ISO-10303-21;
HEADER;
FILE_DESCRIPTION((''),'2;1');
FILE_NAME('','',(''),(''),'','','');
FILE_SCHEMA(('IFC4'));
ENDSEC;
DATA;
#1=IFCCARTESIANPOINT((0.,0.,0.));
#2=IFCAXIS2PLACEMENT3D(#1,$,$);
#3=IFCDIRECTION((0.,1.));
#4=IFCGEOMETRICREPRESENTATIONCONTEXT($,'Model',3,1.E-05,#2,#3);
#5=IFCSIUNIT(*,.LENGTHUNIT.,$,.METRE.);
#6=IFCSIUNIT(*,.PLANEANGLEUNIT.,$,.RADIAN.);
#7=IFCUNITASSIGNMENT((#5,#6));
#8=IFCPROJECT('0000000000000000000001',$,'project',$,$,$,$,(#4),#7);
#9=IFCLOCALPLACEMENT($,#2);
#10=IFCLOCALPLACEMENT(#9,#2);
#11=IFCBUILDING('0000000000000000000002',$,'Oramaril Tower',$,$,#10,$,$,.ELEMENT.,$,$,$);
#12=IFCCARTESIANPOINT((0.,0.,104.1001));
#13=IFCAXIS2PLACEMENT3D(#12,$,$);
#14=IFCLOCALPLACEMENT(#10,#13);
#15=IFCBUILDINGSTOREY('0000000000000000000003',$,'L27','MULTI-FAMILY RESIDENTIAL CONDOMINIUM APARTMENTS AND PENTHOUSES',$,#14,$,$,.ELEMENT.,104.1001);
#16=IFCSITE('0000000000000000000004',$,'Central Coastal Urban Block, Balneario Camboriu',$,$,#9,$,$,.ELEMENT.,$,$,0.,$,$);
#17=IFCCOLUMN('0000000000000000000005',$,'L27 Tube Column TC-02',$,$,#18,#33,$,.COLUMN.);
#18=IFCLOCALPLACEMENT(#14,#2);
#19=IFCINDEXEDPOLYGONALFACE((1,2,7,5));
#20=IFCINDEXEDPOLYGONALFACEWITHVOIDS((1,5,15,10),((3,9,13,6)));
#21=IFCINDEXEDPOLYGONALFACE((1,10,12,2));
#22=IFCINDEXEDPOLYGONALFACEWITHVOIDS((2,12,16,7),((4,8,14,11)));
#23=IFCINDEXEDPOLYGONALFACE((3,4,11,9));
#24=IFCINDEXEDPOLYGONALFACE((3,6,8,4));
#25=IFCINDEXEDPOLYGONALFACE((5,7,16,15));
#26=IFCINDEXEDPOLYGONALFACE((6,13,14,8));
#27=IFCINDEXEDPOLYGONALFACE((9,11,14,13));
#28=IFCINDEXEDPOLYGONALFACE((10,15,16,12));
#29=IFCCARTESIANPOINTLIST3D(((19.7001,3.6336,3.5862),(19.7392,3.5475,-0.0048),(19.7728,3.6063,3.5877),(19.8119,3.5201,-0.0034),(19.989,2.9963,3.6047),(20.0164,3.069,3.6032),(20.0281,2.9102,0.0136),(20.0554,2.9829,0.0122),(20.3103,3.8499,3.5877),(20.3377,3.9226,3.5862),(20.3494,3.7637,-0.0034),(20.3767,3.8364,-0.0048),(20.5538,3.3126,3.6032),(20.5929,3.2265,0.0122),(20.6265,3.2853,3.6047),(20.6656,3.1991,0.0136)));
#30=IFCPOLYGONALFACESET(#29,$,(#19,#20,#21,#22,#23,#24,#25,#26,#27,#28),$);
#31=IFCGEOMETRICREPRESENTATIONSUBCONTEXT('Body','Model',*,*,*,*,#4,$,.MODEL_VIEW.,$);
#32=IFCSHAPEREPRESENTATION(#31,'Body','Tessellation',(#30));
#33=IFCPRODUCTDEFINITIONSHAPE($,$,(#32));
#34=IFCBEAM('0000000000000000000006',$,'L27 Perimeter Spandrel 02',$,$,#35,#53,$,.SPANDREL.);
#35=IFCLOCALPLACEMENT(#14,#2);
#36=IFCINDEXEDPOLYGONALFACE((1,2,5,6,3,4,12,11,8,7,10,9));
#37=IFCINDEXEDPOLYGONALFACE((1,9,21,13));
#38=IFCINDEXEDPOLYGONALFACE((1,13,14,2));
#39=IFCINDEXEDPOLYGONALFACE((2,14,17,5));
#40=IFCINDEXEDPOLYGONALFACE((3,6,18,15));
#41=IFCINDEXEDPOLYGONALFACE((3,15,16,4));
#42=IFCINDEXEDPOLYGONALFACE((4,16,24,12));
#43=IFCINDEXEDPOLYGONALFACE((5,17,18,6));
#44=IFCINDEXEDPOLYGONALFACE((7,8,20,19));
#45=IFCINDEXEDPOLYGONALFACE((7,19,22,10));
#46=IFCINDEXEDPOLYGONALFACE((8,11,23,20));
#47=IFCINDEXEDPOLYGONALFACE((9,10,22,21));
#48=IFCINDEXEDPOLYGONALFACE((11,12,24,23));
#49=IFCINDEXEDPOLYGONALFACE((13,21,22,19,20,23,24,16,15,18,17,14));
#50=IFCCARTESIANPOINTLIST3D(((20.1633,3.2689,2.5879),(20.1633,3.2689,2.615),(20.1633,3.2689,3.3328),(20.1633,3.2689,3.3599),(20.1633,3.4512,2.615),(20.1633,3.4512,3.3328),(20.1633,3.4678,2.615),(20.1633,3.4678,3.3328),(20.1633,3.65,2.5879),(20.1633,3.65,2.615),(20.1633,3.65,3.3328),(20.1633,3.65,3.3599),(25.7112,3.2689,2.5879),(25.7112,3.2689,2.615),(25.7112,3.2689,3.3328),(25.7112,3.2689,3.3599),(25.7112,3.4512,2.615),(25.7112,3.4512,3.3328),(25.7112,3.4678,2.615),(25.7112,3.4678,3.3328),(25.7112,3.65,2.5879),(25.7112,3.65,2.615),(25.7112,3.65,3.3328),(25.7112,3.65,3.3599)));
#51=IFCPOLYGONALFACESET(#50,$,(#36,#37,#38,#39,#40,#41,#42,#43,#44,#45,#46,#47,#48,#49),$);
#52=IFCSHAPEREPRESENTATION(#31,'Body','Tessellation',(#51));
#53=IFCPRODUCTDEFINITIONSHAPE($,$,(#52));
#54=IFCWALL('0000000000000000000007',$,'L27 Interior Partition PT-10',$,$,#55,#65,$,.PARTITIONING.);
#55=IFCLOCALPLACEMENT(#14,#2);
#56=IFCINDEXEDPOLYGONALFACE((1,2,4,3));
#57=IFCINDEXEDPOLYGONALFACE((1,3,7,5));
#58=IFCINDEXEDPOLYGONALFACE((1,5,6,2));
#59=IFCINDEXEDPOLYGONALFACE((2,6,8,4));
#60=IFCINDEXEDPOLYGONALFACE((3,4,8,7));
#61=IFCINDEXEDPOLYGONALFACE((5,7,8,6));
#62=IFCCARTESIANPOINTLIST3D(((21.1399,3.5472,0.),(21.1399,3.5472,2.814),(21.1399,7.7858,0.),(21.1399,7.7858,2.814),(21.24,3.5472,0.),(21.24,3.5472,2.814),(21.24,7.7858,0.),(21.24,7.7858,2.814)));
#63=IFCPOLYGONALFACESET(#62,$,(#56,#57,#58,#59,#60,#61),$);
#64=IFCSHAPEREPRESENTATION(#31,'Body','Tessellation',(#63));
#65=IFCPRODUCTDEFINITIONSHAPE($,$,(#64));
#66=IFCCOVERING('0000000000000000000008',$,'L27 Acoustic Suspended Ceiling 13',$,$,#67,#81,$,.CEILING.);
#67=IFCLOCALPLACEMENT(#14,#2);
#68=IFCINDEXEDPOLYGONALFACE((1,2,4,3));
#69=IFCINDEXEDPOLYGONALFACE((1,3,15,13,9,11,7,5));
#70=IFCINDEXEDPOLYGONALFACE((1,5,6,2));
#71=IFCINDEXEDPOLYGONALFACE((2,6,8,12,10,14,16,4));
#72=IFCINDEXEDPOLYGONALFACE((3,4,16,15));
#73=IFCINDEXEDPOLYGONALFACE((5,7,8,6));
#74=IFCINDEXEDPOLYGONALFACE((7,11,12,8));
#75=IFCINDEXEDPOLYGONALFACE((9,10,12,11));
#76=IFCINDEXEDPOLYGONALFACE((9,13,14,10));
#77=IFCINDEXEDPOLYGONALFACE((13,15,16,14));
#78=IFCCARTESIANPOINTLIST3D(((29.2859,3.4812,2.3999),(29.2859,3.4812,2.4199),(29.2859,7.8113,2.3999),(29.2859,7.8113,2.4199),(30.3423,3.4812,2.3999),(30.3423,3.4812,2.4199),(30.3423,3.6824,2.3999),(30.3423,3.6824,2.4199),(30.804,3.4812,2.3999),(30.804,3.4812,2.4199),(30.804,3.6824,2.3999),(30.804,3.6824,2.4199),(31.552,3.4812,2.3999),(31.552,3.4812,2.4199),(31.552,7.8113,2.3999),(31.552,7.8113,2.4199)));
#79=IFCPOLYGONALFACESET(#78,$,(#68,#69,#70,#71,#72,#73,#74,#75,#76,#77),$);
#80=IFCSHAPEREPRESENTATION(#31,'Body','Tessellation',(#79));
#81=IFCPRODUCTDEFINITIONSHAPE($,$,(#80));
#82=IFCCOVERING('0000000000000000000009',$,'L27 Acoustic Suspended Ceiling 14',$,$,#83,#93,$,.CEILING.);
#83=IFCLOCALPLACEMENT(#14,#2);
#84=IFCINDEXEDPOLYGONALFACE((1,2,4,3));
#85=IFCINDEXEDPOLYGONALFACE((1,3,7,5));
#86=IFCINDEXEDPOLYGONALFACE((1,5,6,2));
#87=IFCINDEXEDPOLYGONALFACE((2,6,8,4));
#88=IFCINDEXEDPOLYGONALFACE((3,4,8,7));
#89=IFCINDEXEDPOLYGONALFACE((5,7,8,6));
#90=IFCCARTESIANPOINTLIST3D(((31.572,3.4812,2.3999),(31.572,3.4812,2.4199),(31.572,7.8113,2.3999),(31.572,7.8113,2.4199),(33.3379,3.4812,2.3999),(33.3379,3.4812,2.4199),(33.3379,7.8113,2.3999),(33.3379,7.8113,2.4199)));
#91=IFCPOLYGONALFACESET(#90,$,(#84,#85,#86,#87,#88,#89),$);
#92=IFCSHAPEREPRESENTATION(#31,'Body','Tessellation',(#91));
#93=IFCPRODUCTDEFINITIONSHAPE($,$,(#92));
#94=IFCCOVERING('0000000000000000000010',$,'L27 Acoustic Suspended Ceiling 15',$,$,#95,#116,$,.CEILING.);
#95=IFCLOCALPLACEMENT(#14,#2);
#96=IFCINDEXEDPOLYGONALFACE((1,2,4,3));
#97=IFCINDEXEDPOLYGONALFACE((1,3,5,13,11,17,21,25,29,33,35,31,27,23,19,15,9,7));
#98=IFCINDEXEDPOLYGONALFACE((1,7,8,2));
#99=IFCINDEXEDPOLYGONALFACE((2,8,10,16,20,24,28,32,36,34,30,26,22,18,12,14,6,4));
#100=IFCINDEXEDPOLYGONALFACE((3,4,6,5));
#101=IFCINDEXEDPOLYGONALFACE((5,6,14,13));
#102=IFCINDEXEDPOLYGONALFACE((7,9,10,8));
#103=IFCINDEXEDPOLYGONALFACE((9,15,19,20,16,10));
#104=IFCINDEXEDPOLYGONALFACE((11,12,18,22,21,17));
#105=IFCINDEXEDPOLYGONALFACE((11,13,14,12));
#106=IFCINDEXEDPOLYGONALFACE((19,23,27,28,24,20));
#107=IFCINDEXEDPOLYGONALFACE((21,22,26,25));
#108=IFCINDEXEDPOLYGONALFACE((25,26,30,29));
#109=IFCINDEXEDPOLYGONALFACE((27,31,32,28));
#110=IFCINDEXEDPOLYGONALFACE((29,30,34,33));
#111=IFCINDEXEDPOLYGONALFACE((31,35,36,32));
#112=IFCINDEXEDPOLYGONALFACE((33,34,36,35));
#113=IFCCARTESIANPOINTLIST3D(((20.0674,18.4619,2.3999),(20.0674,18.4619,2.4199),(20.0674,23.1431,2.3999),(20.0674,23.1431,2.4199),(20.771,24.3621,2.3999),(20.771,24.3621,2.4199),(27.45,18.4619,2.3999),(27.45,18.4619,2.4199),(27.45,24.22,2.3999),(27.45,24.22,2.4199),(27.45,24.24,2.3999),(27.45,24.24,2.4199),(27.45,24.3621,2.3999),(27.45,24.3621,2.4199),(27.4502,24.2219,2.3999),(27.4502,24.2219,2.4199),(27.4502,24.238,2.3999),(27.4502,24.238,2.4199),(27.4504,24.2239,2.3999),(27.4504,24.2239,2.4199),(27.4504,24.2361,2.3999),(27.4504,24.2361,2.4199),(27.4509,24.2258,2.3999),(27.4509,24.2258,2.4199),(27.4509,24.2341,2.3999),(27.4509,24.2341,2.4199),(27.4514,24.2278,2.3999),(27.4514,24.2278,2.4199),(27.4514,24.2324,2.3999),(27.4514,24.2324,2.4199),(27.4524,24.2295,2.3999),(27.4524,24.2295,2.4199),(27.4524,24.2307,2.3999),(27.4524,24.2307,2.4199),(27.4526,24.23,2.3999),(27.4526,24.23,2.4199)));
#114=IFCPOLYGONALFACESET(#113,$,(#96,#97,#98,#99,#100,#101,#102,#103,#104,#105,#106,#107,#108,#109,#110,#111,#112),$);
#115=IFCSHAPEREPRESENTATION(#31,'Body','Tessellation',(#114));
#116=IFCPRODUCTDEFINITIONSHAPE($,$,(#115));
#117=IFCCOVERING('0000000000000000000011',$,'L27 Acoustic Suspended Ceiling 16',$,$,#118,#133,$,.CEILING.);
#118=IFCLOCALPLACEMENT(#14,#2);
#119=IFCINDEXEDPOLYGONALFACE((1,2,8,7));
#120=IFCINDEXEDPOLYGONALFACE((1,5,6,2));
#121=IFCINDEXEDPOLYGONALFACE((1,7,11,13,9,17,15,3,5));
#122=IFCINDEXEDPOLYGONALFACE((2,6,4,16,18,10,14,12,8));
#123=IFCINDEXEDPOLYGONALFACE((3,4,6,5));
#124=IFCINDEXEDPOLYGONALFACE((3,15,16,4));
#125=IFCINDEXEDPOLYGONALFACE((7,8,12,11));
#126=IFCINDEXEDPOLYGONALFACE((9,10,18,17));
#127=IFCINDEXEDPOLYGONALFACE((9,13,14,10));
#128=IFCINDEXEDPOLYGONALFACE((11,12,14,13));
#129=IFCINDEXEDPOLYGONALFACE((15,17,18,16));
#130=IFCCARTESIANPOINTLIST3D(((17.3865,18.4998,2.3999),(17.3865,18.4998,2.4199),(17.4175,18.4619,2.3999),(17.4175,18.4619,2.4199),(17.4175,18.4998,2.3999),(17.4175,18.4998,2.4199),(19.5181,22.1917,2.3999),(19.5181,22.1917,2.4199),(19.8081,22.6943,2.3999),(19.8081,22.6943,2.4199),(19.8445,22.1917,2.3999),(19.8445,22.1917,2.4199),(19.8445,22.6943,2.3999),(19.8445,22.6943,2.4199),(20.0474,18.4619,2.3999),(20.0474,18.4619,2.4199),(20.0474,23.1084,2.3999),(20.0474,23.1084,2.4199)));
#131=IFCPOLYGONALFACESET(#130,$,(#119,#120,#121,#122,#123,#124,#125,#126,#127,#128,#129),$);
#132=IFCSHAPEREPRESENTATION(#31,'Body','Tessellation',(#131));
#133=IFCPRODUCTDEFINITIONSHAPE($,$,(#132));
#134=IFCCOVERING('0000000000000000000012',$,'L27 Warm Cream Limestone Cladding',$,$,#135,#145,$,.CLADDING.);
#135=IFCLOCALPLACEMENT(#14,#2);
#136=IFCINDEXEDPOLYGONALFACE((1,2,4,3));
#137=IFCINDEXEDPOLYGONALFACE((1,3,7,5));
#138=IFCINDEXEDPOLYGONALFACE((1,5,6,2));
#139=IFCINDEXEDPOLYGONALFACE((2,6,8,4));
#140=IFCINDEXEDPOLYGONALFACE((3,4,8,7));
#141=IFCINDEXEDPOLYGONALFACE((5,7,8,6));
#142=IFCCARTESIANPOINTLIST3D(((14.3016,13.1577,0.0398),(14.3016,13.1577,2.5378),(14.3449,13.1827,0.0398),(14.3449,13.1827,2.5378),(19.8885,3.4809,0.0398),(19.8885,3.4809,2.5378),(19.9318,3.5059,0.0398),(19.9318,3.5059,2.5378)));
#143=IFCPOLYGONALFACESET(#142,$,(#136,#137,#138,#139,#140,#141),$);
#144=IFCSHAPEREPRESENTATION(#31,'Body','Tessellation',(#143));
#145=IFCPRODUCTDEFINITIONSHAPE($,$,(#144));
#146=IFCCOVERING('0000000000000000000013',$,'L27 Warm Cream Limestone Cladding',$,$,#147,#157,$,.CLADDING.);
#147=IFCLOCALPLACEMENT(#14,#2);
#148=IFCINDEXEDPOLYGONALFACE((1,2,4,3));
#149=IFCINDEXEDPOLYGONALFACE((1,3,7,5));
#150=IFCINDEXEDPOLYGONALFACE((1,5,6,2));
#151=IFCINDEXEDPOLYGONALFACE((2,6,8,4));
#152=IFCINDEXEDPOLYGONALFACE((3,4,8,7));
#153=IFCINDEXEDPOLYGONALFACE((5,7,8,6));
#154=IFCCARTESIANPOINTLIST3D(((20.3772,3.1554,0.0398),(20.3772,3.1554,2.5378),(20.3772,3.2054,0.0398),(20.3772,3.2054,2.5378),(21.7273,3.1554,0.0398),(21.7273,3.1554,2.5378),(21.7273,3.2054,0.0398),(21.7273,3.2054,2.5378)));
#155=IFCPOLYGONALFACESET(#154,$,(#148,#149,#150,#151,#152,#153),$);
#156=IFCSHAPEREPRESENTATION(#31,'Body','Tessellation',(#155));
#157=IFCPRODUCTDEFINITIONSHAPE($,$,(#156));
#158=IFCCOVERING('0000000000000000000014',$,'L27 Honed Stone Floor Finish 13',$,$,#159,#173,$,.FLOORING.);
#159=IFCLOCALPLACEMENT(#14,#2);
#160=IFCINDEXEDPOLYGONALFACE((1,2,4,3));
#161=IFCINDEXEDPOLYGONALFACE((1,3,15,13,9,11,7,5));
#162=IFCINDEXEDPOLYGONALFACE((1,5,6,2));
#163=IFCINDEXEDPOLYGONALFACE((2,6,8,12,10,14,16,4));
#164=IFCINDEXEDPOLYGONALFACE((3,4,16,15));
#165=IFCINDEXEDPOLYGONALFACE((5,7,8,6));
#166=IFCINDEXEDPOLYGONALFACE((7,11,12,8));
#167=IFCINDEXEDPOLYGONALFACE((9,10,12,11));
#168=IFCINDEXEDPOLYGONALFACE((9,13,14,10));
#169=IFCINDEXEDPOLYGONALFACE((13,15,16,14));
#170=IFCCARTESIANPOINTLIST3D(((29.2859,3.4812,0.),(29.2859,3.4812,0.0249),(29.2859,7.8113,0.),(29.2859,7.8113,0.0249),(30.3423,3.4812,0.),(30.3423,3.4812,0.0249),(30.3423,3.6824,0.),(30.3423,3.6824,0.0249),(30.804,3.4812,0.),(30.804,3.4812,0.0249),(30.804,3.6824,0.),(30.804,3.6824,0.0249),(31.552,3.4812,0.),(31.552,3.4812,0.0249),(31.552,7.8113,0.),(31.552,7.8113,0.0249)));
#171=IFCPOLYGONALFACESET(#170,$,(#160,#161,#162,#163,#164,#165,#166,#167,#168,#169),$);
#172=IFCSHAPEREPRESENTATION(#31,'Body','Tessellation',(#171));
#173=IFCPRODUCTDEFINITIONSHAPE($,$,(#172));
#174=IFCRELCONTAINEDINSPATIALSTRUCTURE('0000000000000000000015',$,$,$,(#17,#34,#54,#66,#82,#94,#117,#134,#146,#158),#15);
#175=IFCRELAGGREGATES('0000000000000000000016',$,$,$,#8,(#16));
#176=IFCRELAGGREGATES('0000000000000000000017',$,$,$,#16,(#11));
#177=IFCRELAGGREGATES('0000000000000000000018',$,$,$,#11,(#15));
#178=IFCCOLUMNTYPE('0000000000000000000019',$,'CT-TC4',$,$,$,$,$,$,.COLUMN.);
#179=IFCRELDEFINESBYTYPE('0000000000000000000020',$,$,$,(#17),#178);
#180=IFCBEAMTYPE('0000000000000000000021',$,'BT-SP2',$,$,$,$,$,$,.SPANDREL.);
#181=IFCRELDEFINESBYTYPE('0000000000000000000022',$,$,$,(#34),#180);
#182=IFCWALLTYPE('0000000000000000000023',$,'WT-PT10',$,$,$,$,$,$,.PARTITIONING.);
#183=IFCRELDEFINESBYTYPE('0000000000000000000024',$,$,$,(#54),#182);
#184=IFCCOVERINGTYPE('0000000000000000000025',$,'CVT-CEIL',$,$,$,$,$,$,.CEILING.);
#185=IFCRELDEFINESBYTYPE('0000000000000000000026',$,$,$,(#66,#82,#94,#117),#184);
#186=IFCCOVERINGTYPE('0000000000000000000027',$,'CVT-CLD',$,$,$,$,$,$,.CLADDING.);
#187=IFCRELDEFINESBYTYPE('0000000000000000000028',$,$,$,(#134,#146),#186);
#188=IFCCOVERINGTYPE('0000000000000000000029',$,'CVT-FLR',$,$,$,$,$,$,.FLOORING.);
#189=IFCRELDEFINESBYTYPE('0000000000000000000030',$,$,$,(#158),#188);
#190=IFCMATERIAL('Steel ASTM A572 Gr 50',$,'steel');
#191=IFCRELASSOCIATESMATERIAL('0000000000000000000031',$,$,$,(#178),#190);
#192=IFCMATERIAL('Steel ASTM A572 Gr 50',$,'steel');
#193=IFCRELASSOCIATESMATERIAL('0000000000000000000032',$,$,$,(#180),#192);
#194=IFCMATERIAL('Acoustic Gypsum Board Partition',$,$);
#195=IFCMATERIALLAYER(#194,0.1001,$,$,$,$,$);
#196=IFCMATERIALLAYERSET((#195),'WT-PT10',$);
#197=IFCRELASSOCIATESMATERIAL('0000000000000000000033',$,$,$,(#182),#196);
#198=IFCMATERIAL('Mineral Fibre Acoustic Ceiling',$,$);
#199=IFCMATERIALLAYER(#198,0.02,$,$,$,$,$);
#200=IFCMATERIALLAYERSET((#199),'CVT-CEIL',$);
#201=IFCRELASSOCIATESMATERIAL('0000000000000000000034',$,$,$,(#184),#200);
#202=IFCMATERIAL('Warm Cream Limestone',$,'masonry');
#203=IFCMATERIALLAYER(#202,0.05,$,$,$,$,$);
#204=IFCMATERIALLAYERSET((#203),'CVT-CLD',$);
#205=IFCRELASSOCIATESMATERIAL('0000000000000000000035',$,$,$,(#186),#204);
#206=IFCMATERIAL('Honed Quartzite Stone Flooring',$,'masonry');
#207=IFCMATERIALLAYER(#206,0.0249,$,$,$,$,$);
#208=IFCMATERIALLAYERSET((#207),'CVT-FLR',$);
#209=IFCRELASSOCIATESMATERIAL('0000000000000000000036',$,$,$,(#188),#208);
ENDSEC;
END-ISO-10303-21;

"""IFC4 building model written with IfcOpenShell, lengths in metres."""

from ifc_helpers import new_model, si_unit, direction, frame, frame_2d, origin, origin_2d, place, context, subcontext, project, spatial, polyline, rectangle, hollow_rectangle, i_section, outline, extrude, material, layer, layer_set, material_profile, profile_set, type_object, element, save


model = new_model("IFC4")

# Units and contexts
model_context = context("Model", 3, precision=1e-05, world=origin(), true_north=direction((0.0, 1.0)))
body_context = subcontext(model_context, "Body", "Model", "MODEL_VIEW")
ifc_project = project(units=[si_unit("LENGTHUNIT", "METRE"), si_unit("PLANEANGLEUNIT", "RADIAN")], contexts=[model_context])

# Site, building, storey
site_placement = place(None, origin())
site = spatial("IfcSite", under=ifc_project, at=site_placement, Name="Central Coastal Urban Block, Balneario Camboriu", CompositionType="ELEMENT", RefElevation=0.0)
building_placement = place(site_placement, origin())
building = spatial("IfcBuilding", under=site, at=building_placement, Name="Oramaril Tower", CompositionType="ELEMENT")
storey_placement = place(building_placement, frame((0.0, 0.0, 104.1001)))
storey = spatial("IfcBuildingStorey", under=building, at=storey_placement, Name="L27", Description="MULTI-FAMILY RESIDENTIAL CONDOMINIUM APARTMENTS AND PENTHOUSES", CompositionType="ELEMENT", Elevation=104.1001)

# Column
ifc_material_1 = material(Name="Steel ASTM A572 Gr 50", Category="steel")
ifc_material_profile_1 = material_profile(ifc_material_1, hollow_rectangle(XDim=0.7, YDim=0.7, WallThickness=0.0549, at=origin_2d()), Name="BOX700X700X55")
ifc_profile_set_1 = profile_set([ifc_material_profile_1], Name="Steel ASTM A572 Gr 50")
column_type = type_object("IfcColumnType", Name="CT-TC4", PredefinedType="COLUMN", material=ifc_profile_set_1)
column_placement = place(storey_placement, frame((20.2024, 3.3733, 0.0044), z_axis=(-0.010874, 0.023991, 0.999653), x_axis=(-0.910808, -0.412831, 0.0)))
element("IfcColumn", 1, at=column_placement, inside=storey, type_object=column_type, Name="L27 Tube Column TC-02", PredefinedType="COLUMN", context=body_context, shape_type="SweptSolid", body=[
    extrude(hollow_rectangle(XDim=0.7, YDim=0.7, WallThickness=0.0549, at=origin_2d()), origin(), (0.0, 0.0, 1.0), 3.5923),
])

# Beam
ifc_material_2 = material(Name="Steel ASTM A572 Gr 50", Category="steel")
ifc_material_profile_2 = material_profile(ifc_material_2, i_section(OverallWidth=0.3811, OverallDepth=0.772, WebThickness=0.0166, FlangeThickness=0.0271, at=origin_2d()), Name="W30X173")
ifc_profile_set_2 = profile_set([ifc_material_profile_2], Name="Steel ASTM A572 Gr 50")
beam_type = type_object("IfcBeamType", Name="BT-SP2", PredefinedType="SPANDREL", material=ifc_profile_set_2)
beam_placement = place(storey_placement, frame((20.1633, 3.4595, 2.9739), z_axis=(1.0, 0.0, 0.0), x_axis=(0.0, 1.0, 0.0)))
element("IfcBeam", 2, at=beam_placement, inside=storey, type_object=beam_type, Name="L27 Perimeter Spandrel 02", PredefinedType="SPANDREL", context=body_context, shape_type="SweptSolid", body=[
    extrude(i_section(OverallWidth=0.3811, OverallDepth=0.772, WebThickness=0.0166, FlangeThickness=0.0271, at=origin_2d()), origin(), (0.0, 0.0, 1.0), 5.5479),
])

# Wall
ifc_material_3 = material(Name="Acoustic Gypsum Board Partition")
ifc_layer_1 = layer(ifc_material_3, 0.1001)
ifc_layer_set_1 = layer_set([ifc_layer_1], Name="WT-PT10")
wall_type_1 = type_object("IfcWallType", Name="WT-PT10", PredefinedType="PARTITIONING", material=ifc_layer_set_1)
wall_1_placement = place(storey_placement, frame((21.1899, 3.5474, 0.0), z_axis=(0.0, 0.0, 1.0), x_axis=(0.0, 1.0, 0.0)))
element("IfcWall", 3, at=wall_1_placement, inside=storey, type_object=wall_type_1, Name="L27 Interior Partition PT-10", PredefinedType="PARTITIONING", context=body_context, shape_type="SweptSolid", body=[
    extrude(rectangle(XDim=4.2385, YDim=0.1001, at=frame_2d((2.1191, 0.0))), origin(), (0.0, 0.0, 1.0), 2.814),
])

# Coverings
ifc_material_4 = material(Name="Mineral Fibre Acoustic Ceiling")
ifc_layer_2 = layer(ifc_material_4, 0.02)
ifc_layer_set_2 = layer_set([ifc_layer_2], Name="CVT-CEIL")
covering_type_1 = type_object("IfcCoveringType", Name="CVT-CEIL", PredefinedType="CEILING", material=ifc_layer_set_2)
covering_1_placement = place(storey_placement, frame((0.0, 0.0, 2.3999)))
element("IfcCovering", 4, at=covering_1_placement, inside=storey, type_object=covering_type_1, Name="L27 Acoustic Suspended Ceiling 13", PredefinedType="CEILING", context=body_context, shape_type="SweptSolid", body=[
    extrude(outline(polyline([(30.804, 3.4812), (30.804, 3.6824), (30.3423, 3.6824), (30.3423, 3.4812), (29.2859, 3.4812), (29.2859, 7.8113), (31.552, 7.8113), (31.552, 3.4812), (30.804, 3.4812)])), origin(), (0.0, 0.0, 1.0), 0.02),
])
covering_2_placement = place(storey_placement, frame((0.0, 0.0, 2.3999)))
element("IfcCovering", 5, at=covering_2_placement, inside=storey, type_object=covering_type_1, Name="L27 Acoustic Suspended Ceiling 14", PredefinedType="CEILING", context=body_context, shape_type="SweptSolid", body=[
    extrude(outline(polyline([(31.572, 3.4812), (31.572, 7.8113), (33.3379, 7.8113), (33.3379, 3.4812), (31.572, 3.4812)])), origin(), (0.0, 0.0, 1.0), 0.02),
])
covering_3_placement = place(storey_placement, frame((0.0, 0.0, 2.3999)))
element("IfcCovering", 6, at=covering_3_placement, inside=storey, type_object=covering_type_1, Name="L27 Acoustic Suspended Ceiling 15", PredefinedType="CEILING", context=body_context, shape_type="SweptSolid", body=[
    extrude(outline(polyline([(20.771, 24.3621), (27.45, 24.3621), (27.45, 24.24), (27.4502, 24.238), (27.4504, 24.2361), (27.4509, 24.2341), (27.4514, 24.2324), (27.4524, 24.2307), (27.4526, 24.23), (27.4524, 24.2295), (27.4514, 24.2278), (27.4509, 24.2258), (27.4504, 24.2239), (27.4502, 24.2219), (27.45, 24.22), (27.45, 18.4619), (20.0674, 18.4619), (20.0674, 23.1431), (20.771, 24.3621)])), origin(), (0.0, 0.0, 1.0), 0.02),
])
covering_4_placement = place(storey_placement, frame((0.0, 0.0, 2.3999)))
element("IfcCovering", 7, at=covering_4_placement, inside=storey, type_object=covering_type_1, Name="L27 Acoustic Suspended Ceiling 16", PredefinedType="CEILING", context=body_context, shape_type="SweptSolid", body=[
    extrude(outline(polyline([(19.8445, 22.1917), (19.8445, 22.6943), (19.8081, 22.6943), (20.0474, 23.1084), (20.0474, 18.4619), (17.4175, 18.4619), (17.4175, 18.4998), (17.3865, 18.4998), (19.5181, 22.1917), (19.8445, 22.1917)])), origin(), (0.0, 0.0, 1.0), 0.02),
])
ifc_material_5 = material(Name="Warm Cream Limestone", Category="masonry")
ifc_layer_3 = layer(ifc_material_5, 0.05)
ifc_layer_set_3 = layer_set([ifc_layer_3], Name="CVT-CLD")
covering_type_2 = type_object("IfcCoveringType", Name="CVT-CLD", PredefinedType="CLADDING", material=ifc_layer_set_3)
covering_5_placement = place(storey_placement, frame((17.1167, 8.3318, 0.0398), z_axis=(0.0, 0.0, 1.0), x_axis=(0.5, -0.866025, 0.0)))
element("IfcCovering", 8, at=covering_5_placement, inside=storey, type_object=covering_type_2, Name="L27 Warm Cream Limestone Cladding", PredefinedType="CLADDING", context=body_context, shape_type="SweptSolid", body=[
    extrude(rectangle(XDim=11.1738, YDim=0.05, at=origin_2d()), origin(), (0.0, 0.0, 1.0), 2.498),
])
covering_6_placement = place(storey_placement, frame((21.0522, 3.1804, 0.0398), z_axis=(0.0, 0.0, 1.0), x_axis=(1.0, 0.0, 0.0)))
element("IfcCovering", 9, at=covering_6_placement, inside=storey, type_object=covering_type_2, Name="L27 Warm Cream Limestone Cladding", PredefinedType="CLADDING", context=body_context, shape_type="SweptSolid", body=[
    extrude(rectangle(XDim=1.3501, YDim=0.05, at=origin_2d()), origin(), (0.0, 0.0, 1.0), 2.498),
])
ifc_material_6 = material(Name="Honed Quartzite Stone Flooring", Category="masonry")
ifc_layer_4 = layer(ifc_material_6, 0.0249)
ifc_layer_set_4 = layer_set([ifc_layer_4], Name="CVT-FLR")
covering_type_3 = type_object("IfcCoveringType", Name="CVT-FLR", PredefinedType="FLOORING", material=ifc_layer_set_4)
covering_7_placement = place(storey_placement, origin())
element("IfcCovering", 10, at=covering_7_placement, inside=storey, type_object=covering_type_3, Name="L27 Honed Stone Floor Finish 13", PredefinedType="FLOORING", context=body_context, shape_type="SweptSolid", body=[
    extrude(outline(polyline([(30.804, 3.4812), (30.804, 3.6824), (30.3423, 3.6824), (30.3423, 3.4812), (29.2859, 3.4812), (29.2859, 7.8113), (31.552, 7.8113), (31.552, 3.4812), (30.804, 3.4812)])), origin(), (0.0, 0.0, 1.0), 0.0249),
])

save(model, "model.ifc")
